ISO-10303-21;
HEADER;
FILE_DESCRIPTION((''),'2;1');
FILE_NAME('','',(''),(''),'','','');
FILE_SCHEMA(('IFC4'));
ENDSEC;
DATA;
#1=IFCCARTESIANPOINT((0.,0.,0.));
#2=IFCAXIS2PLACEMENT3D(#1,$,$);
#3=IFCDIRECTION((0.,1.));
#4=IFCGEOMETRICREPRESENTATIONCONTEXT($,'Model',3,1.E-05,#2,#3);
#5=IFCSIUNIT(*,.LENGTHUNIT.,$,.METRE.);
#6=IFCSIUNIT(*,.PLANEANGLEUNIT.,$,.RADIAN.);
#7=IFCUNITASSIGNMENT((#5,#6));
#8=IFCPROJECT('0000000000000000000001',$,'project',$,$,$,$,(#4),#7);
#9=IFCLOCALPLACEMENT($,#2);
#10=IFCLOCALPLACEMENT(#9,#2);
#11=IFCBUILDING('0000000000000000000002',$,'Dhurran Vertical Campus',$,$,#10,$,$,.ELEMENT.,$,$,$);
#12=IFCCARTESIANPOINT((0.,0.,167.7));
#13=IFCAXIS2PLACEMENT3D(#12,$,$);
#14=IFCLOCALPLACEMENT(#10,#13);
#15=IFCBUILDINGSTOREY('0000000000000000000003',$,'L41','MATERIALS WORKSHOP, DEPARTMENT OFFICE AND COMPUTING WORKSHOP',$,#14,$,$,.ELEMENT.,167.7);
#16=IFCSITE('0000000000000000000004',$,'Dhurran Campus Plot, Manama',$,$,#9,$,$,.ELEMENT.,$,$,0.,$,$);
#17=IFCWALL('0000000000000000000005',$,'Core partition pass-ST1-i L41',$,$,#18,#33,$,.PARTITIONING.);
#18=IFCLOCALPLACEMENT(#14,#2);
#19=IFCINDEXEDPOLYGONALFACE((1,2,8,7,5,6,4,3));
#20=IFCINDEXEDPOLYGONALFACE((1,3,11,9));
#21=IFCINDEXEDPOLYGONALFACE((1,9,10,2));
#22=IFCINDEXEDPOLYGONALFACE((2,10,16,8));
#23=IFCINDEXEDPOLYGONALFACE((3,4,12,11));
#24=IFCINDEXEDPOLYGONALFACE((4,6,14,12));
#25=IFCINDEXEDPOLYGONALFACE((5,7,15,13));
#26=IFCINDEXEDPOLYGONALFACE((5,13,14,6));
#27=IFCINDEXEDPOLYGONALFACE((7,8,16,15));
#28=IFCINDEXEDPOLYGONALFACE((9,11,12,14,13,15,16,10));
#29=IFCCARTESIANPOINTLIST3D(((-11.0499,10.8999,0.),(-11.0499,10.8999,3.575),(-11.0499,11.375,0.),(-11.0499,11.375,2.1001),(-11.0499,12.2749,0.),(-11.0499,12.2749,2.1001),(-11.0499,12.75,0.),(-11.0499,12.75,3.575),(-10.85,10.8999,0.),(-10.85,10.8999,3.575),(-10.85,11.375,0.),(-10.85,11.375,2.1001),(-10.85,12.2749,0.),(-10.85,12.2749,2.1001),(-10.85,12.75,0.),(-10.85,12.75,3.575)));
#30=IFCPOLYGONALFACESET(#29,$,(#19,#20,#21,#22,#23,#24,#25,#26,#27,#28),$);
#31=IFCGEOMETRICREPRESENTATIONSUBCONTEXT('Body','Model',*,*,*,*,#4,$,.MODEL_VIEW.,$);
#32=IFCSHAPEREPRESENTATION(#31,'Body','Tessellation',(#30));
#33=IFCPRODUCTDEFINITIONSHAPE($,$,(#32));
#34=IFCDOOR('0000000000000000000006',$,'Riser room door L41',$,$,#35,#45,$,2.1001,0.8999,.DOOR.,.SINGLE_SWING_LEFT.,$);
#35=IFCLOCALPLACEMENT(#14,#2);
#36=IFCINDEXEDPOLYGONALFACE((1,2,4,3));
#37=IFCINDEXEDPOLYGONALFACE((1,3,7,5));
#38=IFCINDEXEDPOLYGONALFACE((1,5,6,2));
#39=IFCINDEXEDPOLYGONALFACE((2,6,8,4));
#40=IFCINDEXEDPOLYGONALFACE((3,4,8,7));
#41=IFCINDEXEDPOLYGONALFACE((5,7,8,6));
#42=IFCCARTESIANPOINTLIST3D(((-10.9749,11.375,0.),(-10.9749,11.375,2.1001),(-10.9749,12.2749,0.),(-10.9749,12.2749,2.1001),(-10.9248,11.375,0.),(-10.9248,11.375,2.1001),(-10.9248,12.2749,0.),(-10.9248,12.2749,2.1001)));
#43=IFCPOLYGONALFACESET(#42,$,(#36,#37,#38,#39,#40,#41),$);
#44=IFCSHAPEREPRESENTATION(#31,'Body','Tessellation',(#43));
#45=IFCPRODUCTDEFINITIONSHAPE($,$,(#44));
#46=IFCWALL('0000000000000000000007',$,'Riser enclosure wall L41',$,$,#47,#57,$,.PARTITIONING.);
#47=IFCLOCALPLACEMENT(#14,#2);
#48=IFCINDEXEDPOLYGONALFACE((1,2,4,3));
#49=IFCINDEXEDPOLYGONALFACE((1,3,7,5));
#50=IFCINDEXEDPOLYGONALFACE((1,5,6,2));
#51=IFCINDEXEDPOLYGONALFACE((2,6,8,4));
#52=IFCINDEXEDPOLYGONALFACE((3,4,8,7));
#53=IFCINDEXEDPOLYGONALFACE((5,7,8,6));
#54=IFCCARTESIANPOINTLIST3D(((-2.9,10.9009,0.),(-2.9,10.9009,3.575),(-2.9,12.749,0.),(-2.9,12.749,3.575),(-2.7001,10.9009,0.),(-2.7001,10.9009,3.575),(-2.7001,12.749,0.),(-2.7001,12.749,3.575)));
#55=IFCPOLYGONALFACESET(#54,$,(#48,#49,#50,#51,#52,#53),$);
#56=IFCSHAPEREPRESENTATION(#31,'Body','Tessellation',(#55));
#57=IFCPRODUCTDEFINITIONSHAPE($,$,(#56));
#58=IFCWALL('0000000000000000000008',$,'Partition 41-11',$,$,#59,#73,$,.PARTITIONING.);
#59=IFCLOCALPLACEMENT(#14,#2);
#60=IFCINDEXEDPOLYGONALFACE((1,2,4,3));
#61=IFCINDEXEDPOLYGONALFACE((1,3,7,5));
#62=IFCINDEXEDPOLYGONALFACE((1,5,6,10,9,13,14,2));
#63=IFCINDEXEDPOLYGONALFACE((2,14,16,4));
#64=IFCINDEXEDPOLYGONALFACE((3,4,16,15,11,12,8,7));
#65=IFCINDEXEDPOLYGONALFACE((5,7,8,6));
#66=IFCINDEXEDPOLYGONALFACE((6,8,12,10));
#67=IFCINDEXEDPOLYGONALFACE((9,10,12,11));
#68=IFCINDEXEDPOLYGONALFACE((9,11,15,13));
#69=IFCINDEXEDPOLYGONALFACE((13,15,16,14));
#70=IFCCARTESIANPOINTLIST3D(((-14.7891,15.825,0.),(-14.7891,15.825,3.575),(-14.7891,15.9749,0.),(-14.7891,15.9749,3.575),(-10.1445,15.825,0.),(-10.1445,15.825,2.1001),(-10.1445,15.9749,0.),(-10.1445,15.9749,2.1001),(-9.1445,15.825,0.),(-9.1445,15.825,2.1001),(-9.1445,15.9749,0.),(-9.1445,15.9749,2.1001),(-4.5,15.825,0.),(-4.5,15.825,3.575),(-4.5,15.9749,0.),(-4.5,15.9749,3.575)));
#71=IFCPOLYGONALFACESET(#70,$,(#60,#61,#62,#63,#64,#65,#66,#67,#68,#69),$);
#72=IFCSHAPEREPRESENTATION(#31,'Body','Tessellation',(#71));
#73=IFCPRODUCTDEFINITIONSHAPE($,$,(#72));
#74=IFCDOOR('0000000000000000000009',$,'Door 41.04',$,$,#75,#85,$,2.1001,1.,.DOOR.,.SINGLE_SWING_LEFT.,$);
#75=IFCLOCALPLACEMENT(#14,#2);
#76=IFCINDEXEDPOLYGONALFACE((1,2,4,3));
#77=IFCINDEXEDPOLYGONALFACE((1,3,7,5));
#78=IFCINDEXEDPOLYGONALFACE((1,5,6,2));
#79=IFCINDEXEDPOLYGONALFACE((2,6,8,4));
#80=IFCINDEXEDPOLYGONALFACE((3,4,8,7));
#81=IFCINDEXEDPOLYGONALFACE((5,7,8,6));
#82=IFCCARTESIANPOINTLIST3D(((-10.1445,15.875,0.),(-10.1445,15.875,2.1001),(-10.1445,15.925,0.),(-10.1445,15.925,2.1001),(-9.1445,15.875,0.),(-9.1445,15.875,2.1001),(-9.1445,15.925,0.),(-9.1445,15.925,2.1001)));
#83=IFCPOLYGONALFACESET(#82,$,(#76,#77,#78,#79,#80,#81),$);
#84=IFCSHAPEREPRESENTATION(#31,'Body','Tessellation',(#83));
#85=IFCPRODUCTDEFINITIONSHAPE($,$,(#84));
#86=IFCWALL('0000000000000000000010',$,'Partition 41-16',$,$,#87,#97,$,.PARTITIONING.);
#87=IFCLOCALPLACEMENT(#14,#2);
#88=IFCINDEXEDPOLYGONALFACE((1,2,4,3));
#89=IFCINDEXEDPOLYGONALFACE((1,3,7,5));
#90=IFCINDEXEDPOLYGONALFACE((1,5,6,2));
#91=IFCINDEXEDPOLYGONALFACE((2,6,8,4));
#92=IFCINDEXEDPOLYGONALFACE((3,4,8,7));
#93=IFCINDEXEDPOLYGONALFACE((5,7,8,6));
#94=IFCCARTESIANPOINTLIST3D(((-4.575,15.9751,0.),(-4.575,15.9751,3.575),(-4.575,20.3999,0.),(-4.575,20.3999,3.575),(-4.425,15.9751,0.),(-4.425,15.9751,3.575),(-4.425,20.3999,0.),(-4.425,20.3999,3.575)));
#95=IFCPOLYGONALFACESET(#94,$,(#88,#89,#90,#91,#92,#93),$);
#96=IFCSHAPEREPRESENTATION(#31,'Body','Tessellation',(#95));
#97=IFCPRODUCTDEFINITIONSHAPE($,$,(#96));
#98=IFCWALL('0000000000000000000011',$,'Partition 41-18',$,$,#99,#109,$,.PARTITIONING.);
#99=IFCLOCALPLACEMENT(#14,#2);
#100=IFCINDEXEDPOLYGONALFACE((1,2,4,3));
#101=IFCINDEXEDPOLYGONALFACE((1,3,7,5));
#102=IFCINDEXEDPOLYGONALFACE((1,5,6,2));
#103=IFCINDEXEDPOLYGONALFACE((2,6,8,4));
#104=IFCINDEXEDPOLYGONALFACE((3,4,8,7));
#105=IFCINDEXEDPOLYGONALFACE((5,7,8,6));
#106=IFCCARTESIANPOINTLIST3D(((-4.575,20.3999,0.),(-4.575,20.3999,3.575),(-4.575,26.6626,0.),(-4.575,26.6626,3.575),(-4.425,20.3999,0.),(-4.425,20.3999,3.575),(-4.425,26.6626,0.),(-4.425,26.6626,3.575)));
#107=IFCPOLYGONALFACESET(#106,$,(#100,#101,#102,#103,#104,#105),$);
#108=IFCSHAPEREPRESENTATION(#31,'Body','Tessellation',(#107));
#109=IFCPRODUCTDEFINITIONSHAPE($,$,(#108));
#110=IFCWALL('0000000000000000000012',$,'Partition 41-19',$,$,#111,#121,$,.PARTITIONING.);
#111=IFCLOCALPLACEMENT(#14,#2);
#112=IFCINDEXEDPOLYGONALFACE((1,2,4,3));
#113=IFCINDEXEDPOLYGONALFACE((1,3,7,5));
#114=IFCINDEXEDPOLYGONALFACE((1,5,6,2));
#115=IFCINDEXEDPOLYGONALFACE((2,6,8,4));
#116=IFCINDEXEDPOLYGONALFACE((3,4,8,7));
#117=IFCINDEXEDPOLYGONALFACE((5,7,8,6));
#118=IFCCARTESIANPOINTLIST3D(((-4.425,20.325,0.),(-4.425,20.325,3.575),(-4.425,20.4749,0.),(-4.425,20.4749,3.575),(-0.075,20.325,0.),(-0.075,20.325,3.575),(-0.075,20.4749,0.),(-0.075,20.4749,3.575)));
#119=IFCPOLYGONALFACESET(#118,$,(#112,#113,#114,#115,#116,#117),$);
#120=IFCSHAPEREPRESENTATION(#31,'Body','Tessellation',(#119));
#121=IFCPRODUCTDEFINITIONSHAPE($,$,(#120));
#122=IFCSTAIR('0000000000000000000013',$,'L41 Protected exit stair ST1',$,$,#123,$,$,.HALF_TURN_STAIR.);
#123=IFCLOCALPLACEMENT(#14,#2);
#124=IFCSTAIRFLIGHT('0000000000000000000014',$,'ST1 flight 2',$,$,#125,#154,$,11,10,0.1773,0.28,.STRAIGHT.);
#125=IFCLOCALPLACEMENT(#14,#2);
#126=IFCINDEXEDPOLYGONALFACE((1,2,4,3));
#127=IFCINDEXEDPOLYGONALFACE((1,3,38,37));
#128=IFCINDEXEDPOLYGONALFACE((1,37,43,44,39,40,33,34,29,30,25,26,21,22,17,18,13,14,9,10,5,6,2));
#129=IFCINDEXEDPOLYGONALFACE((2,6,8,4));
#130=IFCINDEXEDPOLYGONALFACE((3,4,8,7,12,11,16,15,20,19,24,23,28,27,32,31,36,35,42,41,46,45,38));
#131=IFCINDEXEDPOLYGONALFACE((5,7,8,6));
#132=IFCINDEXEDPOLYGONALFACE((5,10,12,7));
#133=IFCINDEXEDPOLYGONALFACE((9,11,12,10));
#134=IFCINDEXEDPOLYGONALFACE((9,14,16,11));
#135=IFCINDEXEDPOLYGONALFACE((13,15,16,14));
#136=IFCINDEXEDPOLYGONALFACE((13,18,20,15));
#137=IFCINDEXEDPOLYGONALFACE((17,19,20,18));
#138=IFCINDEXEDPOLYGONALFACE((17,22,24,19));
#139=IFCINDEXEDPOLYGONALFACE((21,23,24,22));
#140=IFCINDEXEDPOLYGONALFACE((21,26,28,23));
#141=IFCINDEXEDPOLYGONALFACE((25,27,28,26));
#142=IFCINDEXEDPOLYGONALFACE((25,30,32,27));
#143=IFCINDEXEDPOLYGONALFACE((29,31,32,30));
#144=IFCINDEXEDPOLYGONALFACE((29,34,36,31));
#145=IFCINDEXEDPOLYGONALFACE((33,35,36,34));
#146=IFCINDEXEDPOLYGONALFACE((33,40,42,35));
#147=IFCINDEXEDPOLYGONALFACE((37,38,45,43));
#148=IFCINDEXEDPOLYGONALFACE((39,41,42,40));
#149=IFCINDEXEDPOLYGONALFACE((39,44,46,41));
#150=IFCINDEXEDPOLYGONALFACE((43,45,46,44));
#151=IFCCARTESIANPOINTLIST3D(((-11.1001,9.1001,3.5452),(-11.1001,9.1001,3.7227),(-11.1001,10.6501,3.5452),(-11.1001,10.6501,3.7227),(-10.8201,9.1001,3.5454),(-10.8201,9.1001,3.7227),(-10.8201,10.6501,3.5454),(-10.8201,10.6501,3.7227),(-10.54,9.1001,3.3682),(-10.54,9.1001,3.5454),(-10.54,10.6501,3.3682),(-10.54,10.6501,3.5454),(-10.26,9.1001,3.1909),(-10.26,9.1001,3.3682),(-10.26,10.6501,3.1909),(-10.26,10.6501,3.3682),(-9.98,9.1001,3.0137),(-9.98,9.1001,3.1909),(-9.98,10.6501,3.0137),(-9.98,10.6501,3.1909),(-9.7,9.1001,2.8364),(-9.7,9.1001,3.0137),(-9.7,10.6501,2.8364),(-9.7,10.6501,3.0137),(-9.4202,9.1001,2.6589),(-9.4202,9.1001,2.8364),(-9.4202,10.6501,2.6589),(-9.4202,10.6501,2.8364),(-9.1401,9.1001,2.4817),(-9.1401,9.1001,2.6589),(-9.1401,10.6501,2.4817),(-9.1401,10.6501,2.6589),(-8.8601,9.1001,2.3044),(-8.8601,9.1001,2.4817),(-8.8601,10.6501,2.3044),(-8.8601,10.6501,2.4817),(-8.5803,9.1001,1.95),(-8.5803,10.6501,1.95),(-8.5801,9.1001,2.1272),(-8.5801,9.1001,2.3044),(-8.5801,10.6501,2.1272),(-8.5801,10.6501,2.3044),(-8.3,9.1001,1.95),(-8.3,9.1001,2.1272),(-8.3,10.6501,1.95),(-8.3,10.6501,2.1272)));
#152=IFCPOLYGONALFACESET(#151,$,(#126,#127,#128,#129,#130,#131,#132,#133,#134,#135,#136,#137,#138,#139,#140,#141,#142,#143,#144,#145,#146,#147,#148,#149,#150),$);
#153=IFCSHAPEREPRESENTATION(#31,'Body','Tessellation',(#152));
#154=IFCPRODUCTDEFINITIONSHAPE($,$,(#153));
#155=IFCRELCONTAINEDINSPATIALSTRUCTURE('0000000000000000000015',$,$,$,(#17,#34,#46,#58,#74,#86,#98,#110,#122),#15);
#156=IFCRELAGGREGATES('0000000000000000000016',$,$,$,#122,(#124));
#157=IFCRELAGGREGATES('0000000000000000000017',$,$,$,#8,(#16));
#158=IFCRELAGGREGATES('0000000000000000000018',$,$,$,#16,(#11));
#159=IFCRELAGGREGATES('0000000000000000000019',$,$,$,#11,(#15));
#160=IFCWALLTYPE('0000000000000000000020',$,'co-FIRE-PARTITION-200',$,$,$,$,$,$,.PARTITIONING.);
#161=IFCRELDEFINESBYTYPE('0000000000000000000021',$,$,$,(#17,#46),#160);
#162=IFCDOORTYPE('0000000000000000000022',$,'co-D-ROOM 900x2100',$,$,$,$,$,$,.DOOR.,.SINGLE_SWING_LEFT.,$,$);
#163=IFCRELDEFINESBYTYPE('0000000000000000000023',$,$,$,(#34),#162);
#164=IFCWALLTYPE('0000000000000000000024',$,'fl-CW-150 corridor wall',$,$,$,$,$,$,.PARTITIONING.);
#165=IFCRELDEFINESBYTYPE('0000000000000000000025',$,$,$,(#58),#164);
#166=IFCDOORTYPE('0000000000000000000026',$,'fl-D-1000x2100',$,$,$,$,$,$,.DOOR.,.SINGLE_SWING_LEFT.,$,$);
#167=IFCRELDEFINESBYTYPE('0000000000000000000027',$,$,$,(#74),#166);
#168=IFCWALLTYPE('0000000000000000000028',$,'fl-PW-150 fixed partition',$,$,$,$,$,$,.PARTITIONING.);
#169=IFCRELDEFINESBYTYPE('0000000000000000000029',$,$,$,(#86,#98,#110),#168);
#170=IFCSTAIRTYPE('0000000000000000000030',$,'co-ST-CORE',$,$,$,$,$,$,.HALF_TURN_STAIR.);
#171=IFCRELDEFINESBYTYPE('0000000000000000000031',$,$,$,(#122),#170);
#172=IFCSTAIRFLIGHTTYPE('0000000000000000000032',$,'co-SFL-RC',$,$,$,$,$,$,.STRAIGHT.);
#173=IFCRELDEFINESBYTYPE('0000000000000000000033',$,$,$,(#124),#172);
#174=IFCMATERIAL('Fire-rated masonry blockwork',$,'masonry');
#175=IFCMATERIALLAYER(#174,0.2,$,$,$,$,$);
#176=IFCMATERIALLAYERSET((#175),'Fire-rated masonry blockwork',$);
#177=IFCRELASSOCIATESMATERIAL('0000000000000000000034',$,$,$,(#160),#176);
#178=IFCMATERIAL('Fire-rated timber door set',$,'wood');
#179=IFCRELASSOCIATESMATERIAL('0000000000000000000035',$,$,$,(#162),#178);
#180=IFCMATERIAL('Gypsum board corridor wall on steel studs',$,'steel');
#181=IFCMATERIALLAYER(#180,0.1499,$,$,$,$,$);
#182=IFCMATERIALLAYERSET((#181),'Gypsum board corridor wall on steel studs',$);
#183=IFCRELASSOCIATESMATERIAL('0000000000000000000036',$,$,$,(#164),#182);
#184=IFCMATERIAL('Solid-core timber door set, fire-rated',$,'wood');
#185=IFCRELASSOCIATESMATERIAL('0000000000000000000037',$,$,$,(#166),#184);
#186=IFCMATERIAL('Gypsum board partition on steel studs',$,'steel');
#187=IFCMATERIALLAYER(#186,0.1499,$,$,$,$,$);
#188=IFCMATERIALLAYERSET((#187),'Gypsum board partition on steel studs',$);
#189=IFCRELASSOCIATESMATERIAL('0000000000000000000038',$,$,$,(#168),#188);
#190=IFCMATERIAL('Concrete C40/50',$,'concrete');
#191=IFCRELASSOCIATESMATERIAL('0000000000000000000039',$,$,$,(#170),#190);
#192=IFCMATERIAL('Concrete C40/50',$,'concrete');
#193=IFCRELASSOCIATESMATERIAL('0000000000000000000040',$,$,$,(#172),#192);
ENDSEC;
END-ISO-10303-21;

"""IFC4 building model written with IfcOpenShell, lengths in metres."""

from ifc_helpers import new_model, si_unit, direction, frame, frame_2d, origin, place, context, subcontext, project, spatial, polyline, rectangle, outline, extrude, material, layer, layer_set, type_object, element, fill, aggregate, save


model = new_model("IFC4")

# Units and contexts
model_context = context("Model", 3, precision=1e-05, world=origin(), true_north=direction((0.0, 1.0)))
body_context = subcontext(model_context, "Body", "Model", "MODEL_VIEW")
ifc_project = project(units=[si_unit("LENGTHUNIT", "METRE"), si_unit("PLANEANGLEUNIT", "RADIAN")], contexts=[model_context])

# Site, building, storey
site_placement = place(None, origin())
site = spatial("IfcSite", under=ifc_project, at=site_placement, Name="Dhurran Campus Plot, Manama", CompositionType="ELEMENT", RefElevation=0.0)
building_placement = place(site_placement, origin())
building = spatial("IfcBuilding", under=site, at=building_placement, Name="Dhurran Vertical Campus", CompositionType="ELEMENT")
storey_placement = place(building_placement, frame((0.0, 0.0, 167.7)))
storey = spatial("IfcBuildingStorey", under=building, at=storey_placement, Name="L41", Description="MATERIALS WORKSHOP, DEPARTMENT OFFICE AND COMPUTING WORKSHOP", CompositionType="ELEMENT", Elevation=167.7)

# Shared definitions
ifc_material_1 = material(Name="Fire-rated masonry blockwork", Category="masonry")
ifc_layer_1 = layer(ifc_material_1, 0.2)
ifc_layer_set_1 = layer_set([ifc_layer_1], Name="Fire-rated masonry blockwork")
wall_type_1 = type_object("IfcWallType", Name="co-FIRE-PARTITION-200", PredefinedType="PARTITIONING", material=ifc_layer_set_1)

# Wall, opening, door
wall_1_placement = place(storey_placement, frame((-10.95, 10.8999, 0.0), z_axis=(0.0, 0.0, 1.0), x_axis=(0.0, 1.0, 0.0)))
wall_1 = element("IfcWall", 1, at=wall_1_placement, inside=storey, type_object=wall_type_1, Name="Core partition pass-ST1-i L41", PredefinedType="PARTITIONING", context=body_context, shape_type="SweptSolid", body=[
    extrude(rectangle(XDim=1.8501, YDim=0.2, at=frame_2d((0.925, 0.0))), origin(), (0.0, 0.0, 1.0), 3.575),
])
opening_1_placement = place(wall_1_placement, frame((0.4751, 0.0, 0.0)))
opening_1 = element("IfcOpeningElement", 2, at=opening_1_placement, cuts=wall_1, PredefinedType="OPENING", context=body_context, shape_type="SweptSolid", body=[
    extrude(rectangle(XDim=0.8999, YDim=2.1001, at=frame_2d((0.45, 1.05))), frame((0.0, 0.1099, 0.0), z_axis=(0.0, -1.0, 0.0), x_axis=(1.0, 0.0, 0.0)), (0.0, 0.0, 1.0), 0.22),
])
ifc_material_2 = material(Name="Fire-rated timber door set", Category="wood")
door_type_1 = type_object("IfcDoorType", Name="co-D-ROOM 900x2100", OperationType="SINGLE_SWING_LEFT", PredefinedType="DOOR", material=ifc_material_2)
door_1_placement = place(opening_1_placement, origin())
door_1 = element("IfcDoor", 3, at=door_1_placement, inside=storey, type_object=door_type_1, Name="Riser room door L41", OperationType="SINGLE_SWING_LEFT", OverallHeight=2.1001, OverallWidth=0.8999, PredefinedType="DOOR", context=body_context, shape_type="SweptSolid", body=[
    extrude(rectangle(XDim=0.8999, YDim=2.1001, at=frame_2d((0.45, 1.05))), frame((0.0, 0.0249, 0.0), z_axis=(0.0, -1.0, 0.0), x_axis=(1.0, 0.0, 0.0)), (0.0, 0.0, 1.0), 0.05),
])
fill(opening_1, door_1)

# Wall
wall_2_placement = place(storey_placement, frame((-2.8, 10.9009, 0.0), z_axis=(0.0, 0.0, 1.0), x_axis=(0.0, 1.0, 0.0)))
element("IfcWall", 4, at=wall_2_placement, inside=storey, type_object=wall_type_1, Name="Riser enclosure wall L41", PredefinedType="PARTITIONING", context=body_context, shape_type="SweptSolid", body=[
    extrude(rectangle(XDim=1.8481, YDim=0.2, at=frame_2d((0.9241, 0.0))), origin(), (0.0, 0.0, 1.0), 3.575),
])

# Wall, opening, door
ifc_material_3 = material(Name="Gypsum board corridor wall on steel studs", Category="steel")
ifc_layer_2 = layer(ifc_material_3, 0.1499)
ifc_layer_set_2 = layer_set([ifc_layer_2], Name="Gypsum board corridor wall on steel studs")
wall_type_2 = type_object("IfcWallType", Name="fl-CW-150 corridor wall", PredefinedType="PARTITIONING", material=ifc_layer_set_2)
wall_3_placement = place(storey_placement, frame((-4.5, 15.8999, 0.0), z_axis=(0.0, 0.0, 1.0), x_axis=(-1.0, 0.0, 0.0)))
wall_3 = element("IfcWall", 5, at=wall_3_placement, inside=storey, type_object=wall_type_2, Name="Partition 41-11", PredefinedType="PARTITIONING", context=body_context, shape_type="SweptSolid", body=[
    extrude(rectangle(XDim=10.2891, YDim=0.1499, at=frame_2d((5.1445, 0.0))), origin(), (0.0, 0.0, 1.0), 3.575),
])
opening_2_placement = place(wall_3_placement, frame((4.6445, 0.0, 0.0)))
opening_2 = element("IfcOpeningElement", 6, at=opening_2_placement, cuts=wall_3, PredefinedType="OPENING", context=body_context, shape_type="SweptSolid", body=[
    extrude(rectangle(XDim=1.0, YDim=2.1001, at=frame_2d((0.5, 1.05))), frame((0.0, 0.085, 0.0), z_axis=(0.0, -1.0, 0.0), x_axis=(1.0, 0.0, 0.0)), (0.0, 0.0, 1.0), 0.1699),
])
ifc_material_4 = material(Name="Solid-core timber door set, fire-rated", Category="wood")
door_type_2 = type_object("IfcDoorType", Name="fl-D-1000x2100", OperationType="SINGLE_SWING_LEFT", PredefinedType="DOOR", material=ifc_material_4)
door_2_placement = place(opening_2_placement, origin())
door_2 = element("IfcDoor", 7, at=door_2_placement, inside=storey, type_object=door_type_2, Name="Door 41.04", OperationType="SINGLE_SWING_LEFT", OverallHeight=2.1001, OverallWidth=1.0, PredefinedType="DOOR", context=body_context, shape_type="SweptSolid", body=[
    extrude(rectangle(XDim=1.0, YDim=2.1001, at=frame_2d((0.5, 1.05))), frame((0.0, 0.0249, 0.0), z_axis=(0.0, -1.0, 0.0), x_axis=(1.0, 0.0, 0.0)), (0.0, 0.0, 1.0), 0.05),
])
fill(opening_2, door_2)

# Walls
ifc_material_5 = material(Name="Gypsum board partition on steel studs", Category="steel")
ifc_layer_3 = layer(ifc_material_5, 0.1499)
ifc_layer_set_3 = layer_set([ifc_layer_3], Name="Gypsum board partition on steel studs")
wall_type_3 = type_object("IfcWallType", Name="fl-PW-150 fixed partition", PredefinedType="PARTITIONING", material=ifc_layer_set_3)
wall_4_placement = place(storey_placement, frame((-4.5, 20.3999, 0.0), z_axis=(0.0, 0.0, 1.0), x_axis=(0.0, -1.0, 0.0)))
element("IfcWall", 8, at=wall_4_placement, inside=storey, type_object=wall_type_3, Name="Partition 41-16", PredefinedType="PARTITIONING", context=body_context, shape_type="SweptSolid", body=[
    extrude(rectangle(XDim=4.4248, YDim=0.1499, at=frame_2d((2.2124, 0.0))), origin(), (0.0, 0.0, 1.0), 3.575),
])
wall_5_placement = place(storey_placement, frame((-4.5, 26.6626, 0.0), z_axis=(0.0, 0.0, 1.0), x_axis=(0.0, -1.0, 0.0)))
element("IfcWall", 9, at=wall_5_placement, inside=storey, type_object=wall_type_3, Name="Partition 41-18", PredefinedType="PARTITIONING", context=body_context, shape_type="SweptSolid", body=[
    extrude(rectangle(XDim=6.2627, YDim=0.1499, at=frame_2d((3.1313, 0.0))), origin(), (0.0, 0.0, 1.0), 3.575),
])
wall_6_placement = place(storey_placement, frame((-4.425, 20.3999, 0.0), z_axis=(0.0, 0.0, 1.0), x_axis=(1.0, 0.0, 0.0)))
element("IfcWall", 10, at=wall_6_placement, inside=storey, type_object=wall_type_3, Name="Partition 41-19", PredefinedType="PARTITIONING", context=body_context, shape_type="SweptSolid", body=[
    extrude(rectangle(XDim=4.3501, YDim=0.1499, at=frame_2d((2.175, 0.0))), origin(), (0.0, 0.0, 1.0), 3.575),
])

# Stair, stair flight
ifc_material_6 = material(Name="Concrete C40/50", Category="concrete")
stair_type = type_object("IfcStairType", Name="co-ST-CORE", PredefinedType="HALF_TURN_STAIR", material=ifc_material_6)
stair_placement = place(storey_placement, origin())
stair = element("IfcStair", 11, at=stair_placement, inside=storey, type_object=stair_type, Name="L41 Protected exit stair ST1", PredefinedType="HALF_TURN_STAIR")
ifc_material_7 = material(Name="Concrete C40/50", Category="concrete")
stair_flight_type = type_object("IfcStairFlightType", Name="co-SFL-RC", PredefinedType="STRAIGHT", material=ifc_material_7)
stair_flight_placement = place(storey_placement, frame((-8.3, 9.875, 1.95), z_axis=(0.0, 0.0, 1.0), x_axis=(-1.0, 0.0, 0.0)))
stair_flight = element("IfcStairFlight", 12, at=stair_flight_placement, type_object=stair_flight_type, Name="ST1 flight 2", NumberOfRisers=11, NumberOfTreads=10, PredefinedType="STRAIGHT", RiserHeight=0.1773, TreadLength=0.28, context=body_context, shape_type="SweptSolid", body=[
    extrude(outline(polyline([(0.0, 0.0), (0.0, 0.1772), (0.28, 0.1772), (0.28, 0.3545), (0.5601, 0.3545), (0.5601, 0.5317), (0.8401, 0.5317), (0.8401, 0.709), (1.1201, 0.709), (1.1201, 0.8865), (1.3999, 0.8865), (1.3999, 1.0637), (1.6799, 1.0637), (1.6799, 1.241), (1.96, 1.241), (1.96, 1.4182), (2.24, 1.4182), (2.24, 1.5955), (2.52, 1.5955), (2.52, 1.7727), (2.8, 1.7727), (2.8, 1.95), (2.8, 1.5952), (0.2803, 0.0), (0.0, 0.0)])), frame((0.0, 0.7749, 0.0), z_axis=(0.0, -1.0, 0.0), x_axis=(1.0, 0.0, 0.0)), (0.0, 0.0, 1.0), 1.55),
])
aggregate(stair, [stair_flight])

save(model, "model.ifc")
